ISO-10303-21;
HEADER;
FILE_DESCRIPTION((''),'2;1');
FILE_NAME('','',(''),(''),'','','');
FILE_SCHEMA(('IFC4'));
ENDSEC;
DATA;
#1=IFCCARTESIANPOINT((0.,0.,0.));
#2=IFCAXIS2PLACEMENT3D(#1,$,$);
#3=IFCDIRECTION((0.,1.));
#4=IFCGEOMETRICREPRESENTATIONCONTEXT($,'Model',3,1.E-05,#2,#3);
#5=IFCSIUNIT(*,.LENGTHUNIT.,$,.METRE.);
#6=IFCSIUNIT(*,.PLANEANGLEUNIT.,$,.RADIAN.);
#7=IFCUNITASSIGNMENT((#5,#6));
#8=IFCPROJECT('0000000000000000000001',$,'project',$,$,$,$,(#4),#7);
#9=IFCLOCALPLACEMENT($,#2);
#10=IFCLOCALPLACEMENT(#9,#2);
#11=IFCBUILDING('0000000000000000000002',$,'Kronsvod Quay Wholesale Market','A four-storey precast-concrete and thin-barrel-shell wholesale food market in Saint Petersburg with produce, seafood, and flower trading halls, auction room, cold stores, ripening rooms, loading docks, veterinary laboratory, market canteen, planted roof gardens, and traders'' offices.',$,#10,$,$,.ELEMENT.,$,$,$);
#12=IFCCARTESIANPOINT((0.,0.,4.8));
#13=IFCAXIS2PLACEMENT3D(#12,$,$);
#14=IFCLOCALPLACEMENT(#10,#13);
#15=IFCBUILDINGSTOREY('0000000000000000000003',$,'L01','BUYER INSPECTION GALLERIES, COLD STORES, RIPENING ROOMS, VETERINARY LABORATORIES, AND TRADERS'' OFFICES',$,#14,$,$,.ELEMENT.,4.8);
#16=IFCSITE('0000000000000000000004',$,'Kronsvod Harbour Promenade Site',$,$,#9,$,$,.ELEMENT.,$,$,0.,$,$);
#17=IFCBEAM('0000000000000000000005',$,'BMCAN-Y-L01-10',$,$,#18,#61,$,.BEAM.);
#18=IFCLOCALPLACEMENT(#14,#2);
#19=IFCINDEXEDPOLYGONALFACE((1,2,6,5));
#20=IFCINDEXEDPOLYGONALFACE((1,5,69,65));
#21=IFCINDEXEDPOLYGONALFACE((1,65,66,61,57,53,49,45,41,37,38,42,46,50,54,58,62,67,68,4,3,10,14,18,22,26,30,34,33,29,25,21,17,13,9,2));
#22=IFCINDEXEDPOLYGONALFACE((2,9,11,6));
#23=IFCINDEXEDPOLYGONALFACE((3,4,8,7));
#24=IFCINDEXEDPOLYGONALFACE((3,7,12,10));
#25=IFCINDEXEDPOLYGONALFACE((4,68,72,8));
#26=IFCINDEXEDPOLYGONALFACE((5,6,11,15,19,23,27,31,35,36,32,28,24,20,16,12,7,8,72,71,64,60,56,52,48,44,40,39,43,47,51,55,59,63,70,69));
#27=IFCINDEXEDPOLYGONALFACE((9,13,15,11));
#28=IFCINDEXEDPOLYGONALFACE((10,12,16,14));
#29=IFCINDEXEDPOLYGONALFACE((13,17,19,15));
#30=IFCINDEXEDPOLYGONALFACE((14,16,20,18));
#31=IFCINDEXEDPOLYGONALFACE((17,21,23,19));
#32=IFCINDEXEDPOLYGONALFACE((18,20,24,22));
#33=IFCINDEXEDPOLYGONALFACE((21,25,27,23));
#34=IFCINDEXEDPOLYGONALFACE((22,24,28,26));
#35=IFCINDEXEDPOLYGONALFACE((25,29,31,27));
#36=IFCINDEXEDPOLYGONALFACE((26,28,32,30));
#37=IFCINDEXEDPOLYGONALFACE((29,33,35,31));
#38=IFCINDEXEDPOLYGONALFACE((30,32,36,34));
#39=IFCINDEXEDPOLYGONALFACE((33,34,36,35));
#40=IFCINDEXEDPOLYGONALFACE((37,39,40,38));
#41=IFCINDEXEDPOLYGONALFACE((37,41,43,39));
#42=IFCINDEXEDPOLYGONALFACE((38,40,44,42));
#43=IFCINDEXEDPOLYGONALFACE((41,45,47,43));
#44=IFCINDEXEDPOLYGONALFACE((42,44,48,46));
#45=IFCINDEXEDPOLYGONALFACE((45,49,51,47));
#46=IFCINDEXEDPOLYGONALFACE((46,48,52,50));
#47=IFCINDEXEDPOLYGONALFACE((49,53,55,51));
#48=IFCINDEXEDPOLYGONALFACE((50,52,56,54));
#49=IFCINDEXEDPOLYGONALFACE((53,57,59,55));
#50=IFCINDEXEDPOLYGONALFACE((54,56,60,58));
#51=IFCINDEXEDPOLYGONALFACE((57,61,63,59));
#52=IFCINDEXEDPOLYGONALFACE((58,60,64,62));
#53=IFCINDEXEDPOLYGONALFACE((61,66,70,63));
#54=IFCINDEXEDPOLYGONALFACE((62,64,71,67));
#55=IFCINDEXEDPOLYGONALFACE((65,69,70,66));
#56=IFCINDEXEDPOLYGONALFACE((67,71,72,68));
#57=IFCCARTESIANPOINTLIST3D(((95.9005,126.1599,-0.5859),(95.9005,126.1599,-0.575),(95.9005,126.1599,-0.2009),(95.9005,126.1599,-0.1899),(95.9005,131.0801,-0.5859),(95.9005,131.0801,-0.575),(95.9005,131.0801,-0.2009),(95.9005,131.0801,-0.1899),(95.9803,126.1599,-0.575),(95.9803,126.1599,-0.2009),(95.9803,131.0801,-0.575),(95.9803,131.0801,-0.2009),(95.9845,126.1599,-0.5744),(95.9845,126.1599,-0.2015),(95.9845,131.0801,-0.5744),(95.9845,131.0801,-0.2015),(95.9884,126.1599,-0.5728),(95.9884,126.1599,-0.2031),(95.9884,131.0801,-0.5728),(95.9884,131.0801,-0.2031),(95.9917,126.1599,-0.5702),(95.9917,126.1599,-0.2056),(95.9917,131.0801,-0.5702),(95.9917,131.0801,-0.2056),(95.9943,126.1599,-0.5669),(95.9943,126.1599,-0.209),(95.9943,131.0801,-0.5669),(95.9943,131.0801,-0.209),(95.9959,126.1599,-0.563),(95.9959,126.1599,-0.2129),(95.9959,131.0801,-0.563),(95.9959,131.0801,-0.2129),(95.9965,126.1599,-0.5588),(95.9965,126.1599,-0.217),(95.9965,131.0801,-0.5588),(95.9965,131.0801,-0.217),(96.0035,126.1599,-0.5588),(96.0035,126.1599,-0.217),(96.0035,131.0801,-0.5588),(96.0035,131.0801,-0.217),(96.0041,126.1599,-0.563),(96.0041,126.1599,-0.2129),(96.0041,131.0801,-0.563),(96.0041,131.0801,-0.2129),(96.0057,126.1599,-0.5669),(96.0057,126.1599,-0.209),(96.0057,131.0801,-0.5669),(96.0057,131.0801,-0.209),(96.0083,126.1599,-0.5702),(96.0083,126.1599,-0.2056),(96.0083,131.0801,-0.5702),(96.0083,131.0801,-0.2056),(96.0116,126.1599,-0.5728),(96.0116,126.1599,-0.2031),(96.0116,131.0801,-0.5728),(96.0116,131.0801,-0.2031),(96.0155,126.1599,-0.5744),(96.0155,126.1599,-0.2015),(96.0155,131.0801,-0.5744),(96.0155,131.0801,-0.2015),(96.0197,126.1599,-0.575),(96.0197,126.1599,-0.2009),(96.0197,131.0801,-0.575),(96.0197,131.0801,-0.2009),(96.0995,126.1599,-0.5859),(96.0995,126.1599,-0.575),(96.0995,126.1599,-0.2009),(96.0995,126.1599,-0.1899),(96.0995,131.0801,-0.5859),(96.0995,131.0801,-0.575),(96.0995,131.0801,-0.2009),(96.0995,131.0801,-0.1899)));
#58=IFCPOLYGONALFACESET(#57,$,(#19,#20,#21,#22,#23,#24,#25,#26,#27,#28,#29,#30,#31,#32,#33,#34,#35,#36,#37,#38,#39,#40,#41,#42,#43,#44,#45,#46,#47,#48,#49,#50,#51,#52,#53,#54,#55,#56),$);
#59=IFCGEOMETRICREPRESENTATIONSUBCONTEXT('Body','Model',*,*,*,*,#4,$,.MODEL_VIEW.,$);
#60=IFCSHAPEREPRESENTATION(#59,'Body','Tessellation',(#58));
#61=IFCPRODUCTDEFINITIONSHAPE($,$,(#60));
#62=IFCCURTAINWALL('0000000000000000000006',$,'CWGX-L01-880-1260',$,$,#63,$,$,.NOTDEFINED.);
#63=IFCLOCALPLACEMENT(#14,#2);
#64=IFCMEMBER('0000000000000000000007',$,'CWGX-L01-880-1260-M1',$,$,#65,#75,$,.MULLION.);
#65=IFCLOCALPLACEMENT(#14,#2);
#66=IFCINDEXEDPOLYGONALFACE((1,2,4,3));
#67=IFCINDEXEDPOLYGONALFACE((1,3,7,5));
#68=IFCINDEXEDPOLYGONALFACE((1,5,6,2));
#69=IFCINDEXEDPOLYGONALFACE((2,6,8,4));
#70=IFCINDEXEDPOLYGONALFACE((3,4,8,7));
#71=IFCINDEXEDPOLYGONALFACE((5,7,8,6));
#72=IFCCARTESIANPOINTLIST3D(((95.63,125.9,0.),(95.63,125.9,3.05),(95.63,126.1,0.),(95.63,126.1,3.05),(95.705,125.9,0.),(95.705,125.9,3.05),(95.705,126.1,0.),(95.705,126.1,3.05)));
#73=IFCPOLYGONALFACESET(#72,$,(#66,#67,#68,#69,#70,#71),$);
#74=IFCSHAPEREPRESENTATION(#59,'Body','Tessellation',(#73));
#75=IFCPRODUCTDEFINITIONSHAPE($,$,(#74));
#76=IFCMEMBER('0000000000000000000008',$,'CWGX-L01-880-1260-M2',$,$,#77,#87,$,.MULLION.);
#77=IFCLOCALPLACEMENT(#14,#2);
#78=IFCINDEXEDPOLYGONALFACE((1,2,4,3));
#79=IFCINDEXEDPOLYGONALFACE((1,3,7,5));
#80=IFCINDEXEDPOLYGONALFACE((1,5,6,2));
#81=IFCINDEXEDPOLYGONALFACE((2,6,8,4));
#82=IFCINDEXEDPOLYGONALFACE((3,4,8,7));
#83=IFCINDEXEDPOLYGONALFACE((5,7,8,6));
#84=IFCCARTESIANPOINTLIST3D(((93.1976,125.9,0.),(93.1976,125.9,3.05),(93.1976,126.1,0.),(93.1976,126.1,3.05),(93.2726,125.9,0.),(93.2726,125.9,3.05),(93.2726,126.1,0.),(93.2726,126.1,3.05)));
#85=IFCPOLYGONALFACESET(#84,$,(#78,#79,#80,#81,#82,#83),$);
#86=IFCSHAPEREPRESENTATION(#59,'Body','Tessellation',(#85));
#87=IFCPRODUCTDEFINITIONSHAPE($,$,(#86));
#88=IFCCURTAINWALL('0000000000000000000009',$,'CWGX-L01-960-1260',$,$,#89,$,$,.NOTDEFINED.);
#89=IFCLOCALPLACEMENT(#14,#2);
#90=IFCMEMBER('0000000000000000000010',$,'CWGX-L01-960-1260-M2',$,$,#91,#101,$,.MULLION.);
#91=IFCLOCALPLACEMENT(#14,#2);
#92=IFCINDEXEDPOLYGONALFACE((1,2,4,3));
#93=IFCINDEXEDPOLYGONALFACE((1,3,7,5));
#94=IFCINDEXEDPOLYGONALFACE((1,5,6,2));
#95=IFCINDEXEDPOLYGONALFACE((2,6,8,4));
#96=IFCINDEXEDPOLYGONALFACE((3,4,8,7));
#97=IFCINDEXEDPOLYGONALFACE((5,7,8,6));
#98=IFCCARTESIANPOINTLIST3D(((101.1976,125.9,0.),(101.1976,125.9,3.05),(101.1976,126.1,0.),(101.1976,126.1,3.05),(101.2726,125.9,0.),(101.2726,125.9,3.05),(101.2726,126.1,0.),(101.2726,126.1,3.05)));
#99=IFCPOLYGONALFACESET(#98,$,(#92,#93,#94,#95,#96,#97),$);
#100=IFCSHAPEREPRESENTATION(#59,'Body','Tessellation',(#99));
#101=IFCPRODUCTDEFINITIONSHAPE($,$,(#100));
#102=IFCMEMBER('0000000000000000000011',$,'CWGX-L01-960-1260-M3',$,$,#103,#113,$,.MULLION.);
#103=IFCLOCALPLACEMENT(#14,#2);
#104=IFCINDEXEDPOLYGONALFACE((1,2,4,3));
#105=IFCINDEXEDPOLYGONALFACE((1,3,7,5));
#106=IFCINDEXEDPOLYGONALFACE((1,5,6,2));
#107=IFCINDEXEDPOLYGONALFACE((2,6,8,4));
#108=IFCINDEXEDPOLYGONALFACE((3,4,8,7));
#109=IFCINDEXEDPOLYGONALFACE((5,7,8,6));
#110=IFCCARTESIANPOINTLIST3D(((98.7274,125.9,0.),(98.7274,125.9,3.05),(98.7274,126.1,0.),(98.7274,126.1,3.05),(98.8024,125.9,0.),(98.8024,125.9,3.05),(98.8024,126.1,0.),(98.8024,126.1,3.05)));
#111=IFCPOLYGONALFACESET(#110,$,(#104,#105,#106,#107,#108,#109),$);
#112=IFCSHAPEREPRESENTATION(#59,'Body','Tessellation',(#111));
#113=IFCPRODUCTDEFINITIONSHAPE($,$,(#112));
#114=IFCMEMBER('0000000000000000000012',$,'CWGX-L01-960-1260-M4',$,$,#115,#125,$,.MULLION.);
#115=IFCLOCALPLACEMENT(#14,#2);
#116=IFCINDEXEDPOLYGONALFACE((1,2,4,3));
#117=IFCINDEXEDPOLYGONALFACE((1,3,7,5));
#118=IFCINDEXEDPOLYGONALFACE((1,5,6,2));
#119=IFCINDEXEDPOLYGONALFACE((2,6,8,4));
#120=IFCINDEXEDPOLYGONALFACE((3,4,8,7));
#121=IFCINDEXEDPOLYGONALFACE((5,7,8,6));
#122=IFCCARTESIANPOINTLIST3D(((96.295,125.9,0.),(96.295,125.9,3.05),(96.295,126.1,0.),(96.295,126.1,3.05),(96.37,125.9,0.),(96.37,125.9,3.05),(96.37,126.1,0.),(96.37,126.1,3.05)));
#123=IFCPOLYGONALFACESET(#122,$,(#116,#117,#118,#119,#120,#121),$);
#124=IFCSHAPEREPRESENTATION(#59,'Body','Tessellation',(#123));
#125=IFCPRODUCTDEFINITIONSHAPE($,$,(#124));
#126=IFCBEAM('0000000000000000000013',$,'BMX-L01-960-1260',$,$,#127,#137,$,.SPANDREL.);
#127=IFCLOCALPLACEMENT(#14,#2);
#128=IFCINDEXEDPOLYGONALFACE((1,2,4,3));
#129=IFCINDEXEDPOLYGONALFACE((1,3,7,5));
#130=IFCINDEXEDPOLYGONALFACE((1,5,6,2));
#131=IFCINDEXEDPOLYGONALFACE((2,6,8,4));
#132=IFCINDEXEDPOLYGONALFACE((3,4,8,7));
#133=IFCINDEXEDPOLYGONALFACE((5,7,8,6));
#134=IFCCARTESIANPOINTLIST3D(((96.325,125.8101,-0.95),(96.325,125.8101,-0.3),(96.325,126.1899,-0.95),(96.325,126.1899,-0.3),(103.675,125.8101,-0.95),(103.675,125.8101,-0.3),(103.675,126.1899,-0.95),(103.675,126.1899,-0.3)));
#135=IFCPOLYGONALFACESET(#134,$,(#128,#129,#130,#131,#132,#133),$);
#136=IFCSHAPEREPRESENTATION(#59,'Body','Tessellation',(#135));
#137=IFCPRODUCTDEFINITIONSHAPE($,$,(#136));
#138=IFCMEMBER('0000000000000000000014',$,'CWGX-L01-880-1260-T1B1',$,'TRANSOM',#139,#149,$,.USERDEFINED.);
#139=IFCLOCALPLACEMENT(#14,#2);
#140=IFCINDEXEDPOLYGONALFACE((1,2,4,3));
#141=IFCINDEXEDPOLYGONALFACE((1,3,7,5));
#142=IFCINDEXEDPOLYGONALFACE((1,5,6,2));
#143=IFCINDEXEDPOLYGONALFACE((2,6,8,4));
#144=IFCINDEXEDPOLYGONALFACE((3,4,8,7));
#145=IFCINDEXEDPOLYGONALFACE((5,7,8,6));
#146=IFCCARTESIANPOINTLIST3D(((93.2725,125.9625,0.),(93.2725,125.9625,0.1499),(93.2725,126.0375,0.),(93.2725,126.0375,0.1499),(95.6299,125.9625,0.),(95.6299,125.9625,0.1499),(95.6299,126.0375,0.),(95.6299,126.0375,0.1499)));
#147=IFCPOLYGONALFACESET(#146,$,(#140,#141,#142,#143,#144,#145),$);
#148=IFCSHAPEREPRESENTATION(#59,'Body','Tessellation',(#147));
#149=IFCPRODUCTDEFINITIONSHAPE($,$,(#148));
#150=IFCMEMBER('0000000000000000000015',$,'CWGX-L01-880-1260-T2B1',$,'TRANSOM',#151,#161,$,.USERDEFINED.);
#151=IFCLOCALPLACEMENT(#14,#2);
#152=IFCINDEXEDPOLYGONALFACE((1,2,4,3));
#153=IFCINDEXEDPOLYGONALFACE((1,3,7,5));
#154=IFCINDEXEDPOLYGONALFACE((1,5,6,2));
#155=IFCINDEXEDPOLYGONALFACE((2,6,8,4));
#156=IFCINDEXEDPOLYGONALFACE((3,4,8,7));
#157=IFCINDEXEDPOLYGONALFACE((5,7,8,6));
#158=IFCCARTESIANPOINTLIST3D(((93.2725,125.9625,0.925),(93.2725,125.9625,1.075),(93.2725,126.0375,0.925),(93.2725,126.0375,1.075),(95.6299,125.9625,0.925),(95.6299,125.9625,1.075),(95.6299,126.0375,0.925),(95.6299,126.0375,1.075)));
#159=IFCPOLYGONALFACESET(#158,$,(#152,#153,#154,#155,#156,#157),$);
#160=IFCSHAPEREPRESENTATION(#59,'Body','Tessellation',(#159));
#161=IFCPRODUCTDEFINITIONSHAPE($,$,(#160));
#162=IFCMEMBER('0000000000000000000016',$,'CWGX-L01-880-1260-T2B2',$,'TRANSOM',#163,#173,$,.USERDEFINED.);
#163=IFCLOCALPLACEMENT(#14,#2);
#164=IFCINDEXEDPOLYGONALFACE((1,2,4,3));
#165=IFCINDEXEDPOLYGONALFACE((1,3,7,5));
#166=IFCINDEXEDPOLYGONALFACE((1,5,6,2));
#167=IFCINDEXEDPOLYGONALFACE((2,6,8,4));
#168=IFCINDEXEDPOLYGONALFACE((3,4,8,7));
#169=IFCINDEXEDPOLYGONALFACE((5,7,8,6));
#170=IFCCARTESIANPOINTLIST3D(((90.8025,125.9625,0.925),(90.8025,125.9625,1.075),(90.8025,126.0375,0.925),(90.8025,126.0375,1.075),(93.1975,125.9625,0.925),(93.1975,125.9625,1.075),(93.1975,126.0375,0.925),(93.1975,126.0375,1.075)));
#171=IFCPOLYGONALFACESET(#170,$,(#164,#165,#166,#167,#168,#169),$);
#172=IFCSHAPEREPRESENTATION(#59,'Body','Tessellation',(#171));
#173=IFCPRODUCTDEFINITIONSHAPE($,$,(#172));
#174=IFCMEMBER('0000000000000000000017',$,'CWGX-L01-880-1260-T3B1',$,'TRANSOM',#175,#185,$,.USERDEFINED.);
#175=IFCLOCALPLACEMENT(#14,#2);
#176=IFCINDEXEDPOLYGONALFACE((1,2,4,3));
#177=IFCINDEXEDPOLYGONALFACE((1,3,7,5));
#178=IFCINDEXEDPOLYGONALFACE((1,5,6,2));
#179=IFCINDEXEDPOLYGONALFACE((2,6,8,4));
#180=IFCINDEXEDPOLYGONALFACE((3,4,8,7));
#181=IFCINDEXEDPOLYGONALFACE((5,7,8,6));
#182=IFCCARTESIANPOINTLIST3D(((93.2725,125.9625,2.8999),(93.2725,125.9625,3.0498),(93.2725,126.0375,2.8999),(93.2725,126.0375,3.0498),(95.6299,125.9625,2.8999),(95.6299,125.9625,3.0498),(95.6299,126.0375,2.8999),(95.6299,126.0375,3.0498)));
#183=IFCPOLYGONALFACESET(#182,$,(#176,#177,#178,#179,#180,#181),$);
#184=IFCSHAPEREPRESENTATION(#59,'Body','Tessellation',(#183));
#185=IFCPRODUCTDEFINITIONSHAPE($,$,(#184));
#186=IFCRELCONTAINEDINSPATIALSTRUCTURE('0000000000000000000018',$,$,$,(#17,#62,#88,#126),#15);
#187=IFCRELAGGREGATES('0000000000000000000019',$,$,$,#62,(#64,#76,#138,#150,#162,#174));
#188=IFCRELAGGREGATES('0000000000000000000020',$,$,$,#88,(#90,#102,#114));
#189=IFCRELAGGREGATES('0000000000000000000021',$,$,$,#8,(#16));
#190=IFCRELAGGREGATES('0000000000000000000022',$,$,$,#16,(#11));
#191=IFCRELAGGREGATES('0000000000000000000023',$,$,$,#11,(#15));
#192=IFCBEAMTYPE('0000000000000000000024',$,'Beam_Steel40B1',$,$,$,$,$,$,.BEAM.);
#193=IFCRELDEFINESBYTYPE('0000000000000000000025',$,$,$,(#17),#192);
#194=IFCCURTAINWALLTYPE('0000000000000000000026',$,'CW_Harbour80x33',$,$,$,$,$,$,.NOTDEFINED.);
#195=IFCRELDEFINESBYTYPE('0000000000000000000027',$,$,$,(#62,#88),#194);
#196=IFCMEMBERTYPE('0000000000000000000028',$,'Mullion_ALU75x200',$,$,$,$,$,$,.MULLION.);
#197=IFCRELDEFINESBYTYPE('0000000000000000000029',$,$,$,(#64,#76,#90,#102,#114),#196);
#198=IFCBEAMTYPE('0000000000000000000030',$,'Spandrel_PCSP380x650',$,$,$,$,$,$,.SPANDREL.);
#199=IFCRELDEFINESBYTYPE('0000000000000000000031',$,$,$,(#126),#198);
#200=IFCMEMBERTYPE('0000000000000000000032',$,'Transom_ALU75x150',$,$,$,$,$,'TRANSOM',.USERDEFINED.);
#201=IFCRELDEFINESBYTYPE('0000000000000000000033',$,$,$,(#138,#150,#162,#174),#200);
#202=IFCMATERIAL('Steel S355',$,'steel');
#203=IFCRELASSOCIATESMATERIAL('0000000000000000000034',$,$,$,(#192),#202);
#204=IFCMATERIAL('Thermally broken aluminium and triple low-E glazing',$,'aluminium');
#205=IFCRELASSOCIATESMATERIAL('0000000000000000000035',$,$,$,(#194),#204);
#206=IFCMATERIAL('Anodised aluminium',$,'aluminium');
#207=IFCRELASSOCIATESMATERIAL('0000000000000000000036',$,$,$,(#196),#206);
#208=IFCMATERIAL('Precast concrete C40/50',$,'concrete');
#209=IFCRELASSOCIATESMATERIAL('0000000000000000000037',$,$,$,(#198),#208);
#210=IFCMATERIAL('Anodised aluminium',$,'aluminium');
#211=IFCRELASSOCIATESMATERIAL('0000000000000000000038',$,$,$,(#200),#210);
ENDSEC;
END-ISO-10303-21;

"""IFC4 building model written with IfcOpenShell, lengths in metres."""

from ifc_helpers import new_model, si_unit, direction, frame, origin, origin_2d, place, context, subcontext, project, spatial, rectangle, i_section, extrude, material, material_profile, profile_set, type_object, element, aggregate, save


model = new_model("IFC4")

# Units and contexts
model_context = context("Model", 3, precision=1e-05, world=origin(), true_north=direction((0.0, 1.0)))
body_context = subcontext(model_context, "Body", "Model", "MODEL_VIEW")
ifc_project = project(units=[si_unit("LENGTHUNIT", "METRE"), si_unit("PLANEANGLEUNIT", "RADIAN")], contexts=[model_context])

# Site, building, storey
site_placement = place(None, origin())
site = spatial("IfcSite", under=ifc_project, at=site_placement, Name="Kronsvod Harbour Promenade Site", CompositionType="ELEMENT", RefElevation=0.0)
building_placement = place(site_placement, origin())
building = spatial("IfcBuilding", under=site, at=building_placement, Name="Kronsvod Quay Wholesale Market", Description="A four-storey precast-concrete and thin-barrel-shell wholesale food market in Saint Petersburg with produce, seafood, and flower trading halls, auction room, cold stores, ripening rooms, loading docks, veterinary laboratory, market canteen, planted roof gardens, and traders' offices.", CompositionType="ELEMENT")
storey_placement = place(building_placement, frame((0.0, 0.0, 4.8)))
storey = spatial("IfcBuildingStorey", under=building, at=storey_placement, Name="L01", Description="BUYER INSPECTION GALLERIES, COLD STORES, RIPENING ROOMS, VETERINARY LABORATORIES, AND TRADERS' OFFICES", CompositionType="ELEMENT", Elevation=4.8)

# Beam
ifc_material_1 = material(Name="Steel S355", Category="steel")
ifc_material_profile_1 = material_profile(ifc_material_1, i_section(OverallWidth=0.199, OverallDepth=0.396, WebThickness=0.0071, FlangeThickness=0.011, FilletRadius=0.0161, at=origin_2d()), Name="40B1")
ifc_profile_set_1 = profile_set([ifc_material_profile_1], Name="Steel S355")
beam_type_1 = type_object("IfcBeamType", Name="Beam_Steel40B1", PredefinedType="BEAM", material=ifc_profile_set_1)
beam_1_placement = place(storey_placement, frame((96.0, 126.1599, -0.3879), z_axis=(0.0, 1.0, 0.0), x_axis=(-1.0, 0.0, 0.0)))
element("IfcBeam", 1, at=beam_1_placement, inside=storey, type_object=beam_type_1, Name="BMCAN-Y-L01-10", PredefinedType="BEAM", context=body_context, shape_type="SweptSolid", body=[
    extrude(i_section(OverallWidth=0.199, OverallDepth=0.396, WebThickness=0.0071, FlangeThickness=0.011, FilletRadius=0.0161, at=origin_2d()), origin(), (0.0, 0.0, 1.0), 4.9202),
])

# Curtain walls, members
ifc_material_2 = material(Name="Thermally broken aluminium and triple low-E glazing", Category="aluminium")
curtain_wall_type = type_object("IfcCurtainWallType", Name="CW_Harbour80x33", PredefinedType="NOTDEFINED", material=ifc_material_2)
curtain_wall_1_placement = place(storey_placement, origin())
curtain_wall_1 = element("IfcCurtainWall", 2, at=curtain_wall_1_placement, inside=storey, type_object=curtain_wall_type, Name="CWGX-L01-880-1260", PredefinedType="NOTDEFINED")
ifc_material_3 = material(Name="Anodised aluminium", Category="aluminium")
ifc_material_profile_2 = material_profile(ifc_material_3, rectangle(XDim=0.075, YDim=0.2, at=origin_2d()), Name="ALUM75x200")
ifc_profile_set_2 = profile_set([ifc_material_profile_2], Name="Anodised aluminium")
member_type_1 = type_object("IfcMemberType", Name="Mullion_ALU75x200", PredefinedType="MULLION", material=ifc_profile_set_2)
member_1_placement = place(storey_placement, frame((95.6675, 126.0, 0.0), z_axis=(0.0, 0.0, 1.0), x_axis=(1.0, 0.0, 0.0)))
member_1 = element("IfcMember", 3, at=member_1_placement, type_object=member_type_1, Name="CWGX-L01-880-1260-M1", PredefinedType="MULLION", context=body_context, shape_type="SweptSolid", body=[
    extrude(rectangle(XDim=0.075, YDim=0.2, at=origin_2d()), origin(), (0.0, 0.0, 1.0), 3.05),
])
member_2_placement = place(storey_placement, frame((93.2351, 126.0, 0.0), z_axis=(0.0, 0.0, 1.0), x_axis=(1.0, 0.0, 0.0)))
member_2 = element("IfcMember", 4, at=member_2_placement, type_object=member_type_1, Name="CWGX-L01-880-1260-M2", PredefinedType="MULLION", context=body_context, shape_type="SweptSolid", body=[
    extrude(rectangle(XDim=0.075, YDim=0.2, at=origin_2d()), origin(), (0.0, 0.0, 1.0), 3.05),
])
curtain_wall_2_placement = place(storey_placement, origin())
curtain_wall_2 = element("IfcCurtainWall", 5, at=curtain_wall_2_placement, inside=storey, type_object=curtain_wall_type, Name="CWGX-L01-960-1260", PredefinedType="NOTDEFINED")
member_3_placement = place(storey_placement, frame((101.2351, 126.0, 0.0), z_axis=(0.0, 0.0, 1.0), x_axis=(1.0, 0.0, 0.0)))
member_3 = element("IfcMember", 6, at=member_3_placement, type_object=member_type_1, Name="CWGX-L01-960-1260-M2", PredefinedType="MULLION", context=body_context, shape_type="SweptSolid", body=[
    extrude(rectangle(XDim=0.075, YDim=0.2, at=origin_2d()), origin(), (0.0, 0.0, 1.0), 3.05),
])
member_4_placement = place(storey_placement, frame((98.7649, 126.0, 0.0), z_axis=(0.0, 0.0, 1.0), x_axis=(1.0, 0.0, 0.0)))
member_4 = element("IfcMember", 7, at=member_4_placement, type_object=member_type_1, Name="CWGX-L01-960-1260-M3", PredefinedType="MULLION", context=body_context, shape_type="SweptSolid", body=[
    extrude(rectangle(XDim=0.075, YDim=0.2, at=origin_2d()), origin(), (0.0, 0.0, 1.0), 3.05),
])
member_5_placement = place(storey_placement, frame((96.3325, 126.0, 0.0), z_axis=(0.0, 0.0, 1.0), x_axis=(1.0, 0.0, 0.0)))
member_5 = element("IfcMember", 8, at=member_5_placement, type_object=member_type_1, Name="CWGX-L01-960-1260-M4", PredefinedType="MULLION", context=body_context, shape_type="SweptSolid", body=[
    extrude(rectangle(XDim=0.075, YDim=0.2, at=origin_2d()), origin(), (0.0, 0.0, 1.0), 3.05),
])

# Beam
ifc_material_4 = material(Name="Precast concrete C40/50", Category="concrete")
ifc_material_profile_3 = material_profile(ifc_material_4, rectangle(XDim=0.3799, YDim=0.6499, at=origin_2d()), Name="SPB-03")
ifc_profile_set_3 = profile_set([ifc_material_profile_3], Name="Precast concrete C40/50")
beam_type_2 = type_object("IfcBeamType", Name="Spandrel_PCSP380x650", PredefinedType="SPANDREL", material=ifc_profile_set_3)
beam_2_placement = place(storey_placement, frame((96.325, 126.0, -0.625), z_axis=(1.0, 0.0, 0.0), x_axis=(0.0, 1.0, 0.0)))
element("IfcBeam", 9, at=beam_2_placement, inside=storey, type_object=beam_type_2, Name="BMX-L01-960-1260", PredefinedType="SPANDREL", context=body_context, shape_type="SweptSolid", body=[
    extrude(rectangle(XDim=0.3799, YDim=0.6499, at=origin_2d()), origin(), (0.0, 0.0, 1.0), 7.3501),
])

# Members
ifc_material_5 = material(Name="Anodised aluminium", Category="aluminium")
ifc_material_profile_4 = material_profile(ifc_material_5, rectangle(XDim=0.075, YDim=0.1499, at=origin_2d()), Name="ALUT75x150")
ifc_profile_set_4 = profile_set([ifc_material_profile_4], Name="Anodised aluminium")
member_type_2 = type_object("IfcMemberType", Name="Transom_ALU75x150", ElementType="TRANSOM", PredefinedType="USERDEFINED", material=ifc_profile_set_4)
member_6_placement = place(storey_placement, frame((95.6299, 126.0, 0.075), z_axis=(-1.0, 0.0, 0.0), x_axis=(0.0, -1.0, 0.0)))
member_6 = element("IfcMember", 10, at=member_6_placement, type_object=member_type_2, Name="CWGX-L01-880-1260-T1B1", ObjectType="TRANSOM", PredefinedType="USERDEFINED", context=body_context, shape_type="SweptSolid", body=[
    extrude(rectangle(XDim=0.075, YDim=0.1499, at=origin_2d()), origin(), (0.0, 0.0, 1.0), 2.3574),
])
member_7_placement = place(storey_placement, frame((95.6299, 126.0, 1.0), z_axis=(-1.0, 0.0, 0.0), x_axis=(0.0, -1.0, 0.0)))
member_7 = element("IfcMember", 11, at=member_7_placement, type_object=member_type_2, Name="CWGX-L01-880-1260-T2B1", ObjectType="TRANSOM", PredefinedType="USERDEFINED", context=body_context, shape_type="SweptSolid", body=[
    extrude(rectangle(XDim=0.075, YDim=0.1499, at=origin_2d()), origin(), (0.0, 0.0, 1.0), 2.3574),
])
member_8_placement = place(storey_placement, frame((93.1975, 126.0, 1.0), z_axis=(-1.0, 0.0, 0.0), x_axis=(0.0, -1.0, 0.0)))
member_8 = element("IfcMember", 12, at=member_8_placement, type_object=member_type_2, Name="CWGX-L01-880-1260-T2B2", ObjectType="TRANSOM", PredefinedType="USERDEFINED", context=body_context, shape_type="SweptSolid", body=[
    extrude(rectangle(XDim=0.075, YDim=0.1499, at=origin_2d()), origin(), (0.0, 0.0, 1.0), 2.395),
])
member_9_placement = place(storey_placement, frame((95.6299, 126.0, 2.9749), z_axis=(-1.0, 0.0, 0.0), x_axis=(0.0, -1.0, 0.0)))
member_9 = element("IfcMember", 13, at=member_9_placement, type_object=member_type_2, Name="CWGX-L01-880-1260-T3B1", ObjectType="TRANSOM", PredefinedType="USERDEFINED", context=body_context, shape_type="SweptSolid", body=[
    extrude(rectangle(XDim=0.075, YDim=0.1499, at=origin_2d()), origin(), (0.0, 0.0, 1.0), 2.3574),
])

aggregate(curtain_wall_1, [member_1, member_2, member_6, member_7, member_8, member_9])
aggregate(curtain_wall_2, [member_3, member_4, member_5])

save(model, "model.ifc")
